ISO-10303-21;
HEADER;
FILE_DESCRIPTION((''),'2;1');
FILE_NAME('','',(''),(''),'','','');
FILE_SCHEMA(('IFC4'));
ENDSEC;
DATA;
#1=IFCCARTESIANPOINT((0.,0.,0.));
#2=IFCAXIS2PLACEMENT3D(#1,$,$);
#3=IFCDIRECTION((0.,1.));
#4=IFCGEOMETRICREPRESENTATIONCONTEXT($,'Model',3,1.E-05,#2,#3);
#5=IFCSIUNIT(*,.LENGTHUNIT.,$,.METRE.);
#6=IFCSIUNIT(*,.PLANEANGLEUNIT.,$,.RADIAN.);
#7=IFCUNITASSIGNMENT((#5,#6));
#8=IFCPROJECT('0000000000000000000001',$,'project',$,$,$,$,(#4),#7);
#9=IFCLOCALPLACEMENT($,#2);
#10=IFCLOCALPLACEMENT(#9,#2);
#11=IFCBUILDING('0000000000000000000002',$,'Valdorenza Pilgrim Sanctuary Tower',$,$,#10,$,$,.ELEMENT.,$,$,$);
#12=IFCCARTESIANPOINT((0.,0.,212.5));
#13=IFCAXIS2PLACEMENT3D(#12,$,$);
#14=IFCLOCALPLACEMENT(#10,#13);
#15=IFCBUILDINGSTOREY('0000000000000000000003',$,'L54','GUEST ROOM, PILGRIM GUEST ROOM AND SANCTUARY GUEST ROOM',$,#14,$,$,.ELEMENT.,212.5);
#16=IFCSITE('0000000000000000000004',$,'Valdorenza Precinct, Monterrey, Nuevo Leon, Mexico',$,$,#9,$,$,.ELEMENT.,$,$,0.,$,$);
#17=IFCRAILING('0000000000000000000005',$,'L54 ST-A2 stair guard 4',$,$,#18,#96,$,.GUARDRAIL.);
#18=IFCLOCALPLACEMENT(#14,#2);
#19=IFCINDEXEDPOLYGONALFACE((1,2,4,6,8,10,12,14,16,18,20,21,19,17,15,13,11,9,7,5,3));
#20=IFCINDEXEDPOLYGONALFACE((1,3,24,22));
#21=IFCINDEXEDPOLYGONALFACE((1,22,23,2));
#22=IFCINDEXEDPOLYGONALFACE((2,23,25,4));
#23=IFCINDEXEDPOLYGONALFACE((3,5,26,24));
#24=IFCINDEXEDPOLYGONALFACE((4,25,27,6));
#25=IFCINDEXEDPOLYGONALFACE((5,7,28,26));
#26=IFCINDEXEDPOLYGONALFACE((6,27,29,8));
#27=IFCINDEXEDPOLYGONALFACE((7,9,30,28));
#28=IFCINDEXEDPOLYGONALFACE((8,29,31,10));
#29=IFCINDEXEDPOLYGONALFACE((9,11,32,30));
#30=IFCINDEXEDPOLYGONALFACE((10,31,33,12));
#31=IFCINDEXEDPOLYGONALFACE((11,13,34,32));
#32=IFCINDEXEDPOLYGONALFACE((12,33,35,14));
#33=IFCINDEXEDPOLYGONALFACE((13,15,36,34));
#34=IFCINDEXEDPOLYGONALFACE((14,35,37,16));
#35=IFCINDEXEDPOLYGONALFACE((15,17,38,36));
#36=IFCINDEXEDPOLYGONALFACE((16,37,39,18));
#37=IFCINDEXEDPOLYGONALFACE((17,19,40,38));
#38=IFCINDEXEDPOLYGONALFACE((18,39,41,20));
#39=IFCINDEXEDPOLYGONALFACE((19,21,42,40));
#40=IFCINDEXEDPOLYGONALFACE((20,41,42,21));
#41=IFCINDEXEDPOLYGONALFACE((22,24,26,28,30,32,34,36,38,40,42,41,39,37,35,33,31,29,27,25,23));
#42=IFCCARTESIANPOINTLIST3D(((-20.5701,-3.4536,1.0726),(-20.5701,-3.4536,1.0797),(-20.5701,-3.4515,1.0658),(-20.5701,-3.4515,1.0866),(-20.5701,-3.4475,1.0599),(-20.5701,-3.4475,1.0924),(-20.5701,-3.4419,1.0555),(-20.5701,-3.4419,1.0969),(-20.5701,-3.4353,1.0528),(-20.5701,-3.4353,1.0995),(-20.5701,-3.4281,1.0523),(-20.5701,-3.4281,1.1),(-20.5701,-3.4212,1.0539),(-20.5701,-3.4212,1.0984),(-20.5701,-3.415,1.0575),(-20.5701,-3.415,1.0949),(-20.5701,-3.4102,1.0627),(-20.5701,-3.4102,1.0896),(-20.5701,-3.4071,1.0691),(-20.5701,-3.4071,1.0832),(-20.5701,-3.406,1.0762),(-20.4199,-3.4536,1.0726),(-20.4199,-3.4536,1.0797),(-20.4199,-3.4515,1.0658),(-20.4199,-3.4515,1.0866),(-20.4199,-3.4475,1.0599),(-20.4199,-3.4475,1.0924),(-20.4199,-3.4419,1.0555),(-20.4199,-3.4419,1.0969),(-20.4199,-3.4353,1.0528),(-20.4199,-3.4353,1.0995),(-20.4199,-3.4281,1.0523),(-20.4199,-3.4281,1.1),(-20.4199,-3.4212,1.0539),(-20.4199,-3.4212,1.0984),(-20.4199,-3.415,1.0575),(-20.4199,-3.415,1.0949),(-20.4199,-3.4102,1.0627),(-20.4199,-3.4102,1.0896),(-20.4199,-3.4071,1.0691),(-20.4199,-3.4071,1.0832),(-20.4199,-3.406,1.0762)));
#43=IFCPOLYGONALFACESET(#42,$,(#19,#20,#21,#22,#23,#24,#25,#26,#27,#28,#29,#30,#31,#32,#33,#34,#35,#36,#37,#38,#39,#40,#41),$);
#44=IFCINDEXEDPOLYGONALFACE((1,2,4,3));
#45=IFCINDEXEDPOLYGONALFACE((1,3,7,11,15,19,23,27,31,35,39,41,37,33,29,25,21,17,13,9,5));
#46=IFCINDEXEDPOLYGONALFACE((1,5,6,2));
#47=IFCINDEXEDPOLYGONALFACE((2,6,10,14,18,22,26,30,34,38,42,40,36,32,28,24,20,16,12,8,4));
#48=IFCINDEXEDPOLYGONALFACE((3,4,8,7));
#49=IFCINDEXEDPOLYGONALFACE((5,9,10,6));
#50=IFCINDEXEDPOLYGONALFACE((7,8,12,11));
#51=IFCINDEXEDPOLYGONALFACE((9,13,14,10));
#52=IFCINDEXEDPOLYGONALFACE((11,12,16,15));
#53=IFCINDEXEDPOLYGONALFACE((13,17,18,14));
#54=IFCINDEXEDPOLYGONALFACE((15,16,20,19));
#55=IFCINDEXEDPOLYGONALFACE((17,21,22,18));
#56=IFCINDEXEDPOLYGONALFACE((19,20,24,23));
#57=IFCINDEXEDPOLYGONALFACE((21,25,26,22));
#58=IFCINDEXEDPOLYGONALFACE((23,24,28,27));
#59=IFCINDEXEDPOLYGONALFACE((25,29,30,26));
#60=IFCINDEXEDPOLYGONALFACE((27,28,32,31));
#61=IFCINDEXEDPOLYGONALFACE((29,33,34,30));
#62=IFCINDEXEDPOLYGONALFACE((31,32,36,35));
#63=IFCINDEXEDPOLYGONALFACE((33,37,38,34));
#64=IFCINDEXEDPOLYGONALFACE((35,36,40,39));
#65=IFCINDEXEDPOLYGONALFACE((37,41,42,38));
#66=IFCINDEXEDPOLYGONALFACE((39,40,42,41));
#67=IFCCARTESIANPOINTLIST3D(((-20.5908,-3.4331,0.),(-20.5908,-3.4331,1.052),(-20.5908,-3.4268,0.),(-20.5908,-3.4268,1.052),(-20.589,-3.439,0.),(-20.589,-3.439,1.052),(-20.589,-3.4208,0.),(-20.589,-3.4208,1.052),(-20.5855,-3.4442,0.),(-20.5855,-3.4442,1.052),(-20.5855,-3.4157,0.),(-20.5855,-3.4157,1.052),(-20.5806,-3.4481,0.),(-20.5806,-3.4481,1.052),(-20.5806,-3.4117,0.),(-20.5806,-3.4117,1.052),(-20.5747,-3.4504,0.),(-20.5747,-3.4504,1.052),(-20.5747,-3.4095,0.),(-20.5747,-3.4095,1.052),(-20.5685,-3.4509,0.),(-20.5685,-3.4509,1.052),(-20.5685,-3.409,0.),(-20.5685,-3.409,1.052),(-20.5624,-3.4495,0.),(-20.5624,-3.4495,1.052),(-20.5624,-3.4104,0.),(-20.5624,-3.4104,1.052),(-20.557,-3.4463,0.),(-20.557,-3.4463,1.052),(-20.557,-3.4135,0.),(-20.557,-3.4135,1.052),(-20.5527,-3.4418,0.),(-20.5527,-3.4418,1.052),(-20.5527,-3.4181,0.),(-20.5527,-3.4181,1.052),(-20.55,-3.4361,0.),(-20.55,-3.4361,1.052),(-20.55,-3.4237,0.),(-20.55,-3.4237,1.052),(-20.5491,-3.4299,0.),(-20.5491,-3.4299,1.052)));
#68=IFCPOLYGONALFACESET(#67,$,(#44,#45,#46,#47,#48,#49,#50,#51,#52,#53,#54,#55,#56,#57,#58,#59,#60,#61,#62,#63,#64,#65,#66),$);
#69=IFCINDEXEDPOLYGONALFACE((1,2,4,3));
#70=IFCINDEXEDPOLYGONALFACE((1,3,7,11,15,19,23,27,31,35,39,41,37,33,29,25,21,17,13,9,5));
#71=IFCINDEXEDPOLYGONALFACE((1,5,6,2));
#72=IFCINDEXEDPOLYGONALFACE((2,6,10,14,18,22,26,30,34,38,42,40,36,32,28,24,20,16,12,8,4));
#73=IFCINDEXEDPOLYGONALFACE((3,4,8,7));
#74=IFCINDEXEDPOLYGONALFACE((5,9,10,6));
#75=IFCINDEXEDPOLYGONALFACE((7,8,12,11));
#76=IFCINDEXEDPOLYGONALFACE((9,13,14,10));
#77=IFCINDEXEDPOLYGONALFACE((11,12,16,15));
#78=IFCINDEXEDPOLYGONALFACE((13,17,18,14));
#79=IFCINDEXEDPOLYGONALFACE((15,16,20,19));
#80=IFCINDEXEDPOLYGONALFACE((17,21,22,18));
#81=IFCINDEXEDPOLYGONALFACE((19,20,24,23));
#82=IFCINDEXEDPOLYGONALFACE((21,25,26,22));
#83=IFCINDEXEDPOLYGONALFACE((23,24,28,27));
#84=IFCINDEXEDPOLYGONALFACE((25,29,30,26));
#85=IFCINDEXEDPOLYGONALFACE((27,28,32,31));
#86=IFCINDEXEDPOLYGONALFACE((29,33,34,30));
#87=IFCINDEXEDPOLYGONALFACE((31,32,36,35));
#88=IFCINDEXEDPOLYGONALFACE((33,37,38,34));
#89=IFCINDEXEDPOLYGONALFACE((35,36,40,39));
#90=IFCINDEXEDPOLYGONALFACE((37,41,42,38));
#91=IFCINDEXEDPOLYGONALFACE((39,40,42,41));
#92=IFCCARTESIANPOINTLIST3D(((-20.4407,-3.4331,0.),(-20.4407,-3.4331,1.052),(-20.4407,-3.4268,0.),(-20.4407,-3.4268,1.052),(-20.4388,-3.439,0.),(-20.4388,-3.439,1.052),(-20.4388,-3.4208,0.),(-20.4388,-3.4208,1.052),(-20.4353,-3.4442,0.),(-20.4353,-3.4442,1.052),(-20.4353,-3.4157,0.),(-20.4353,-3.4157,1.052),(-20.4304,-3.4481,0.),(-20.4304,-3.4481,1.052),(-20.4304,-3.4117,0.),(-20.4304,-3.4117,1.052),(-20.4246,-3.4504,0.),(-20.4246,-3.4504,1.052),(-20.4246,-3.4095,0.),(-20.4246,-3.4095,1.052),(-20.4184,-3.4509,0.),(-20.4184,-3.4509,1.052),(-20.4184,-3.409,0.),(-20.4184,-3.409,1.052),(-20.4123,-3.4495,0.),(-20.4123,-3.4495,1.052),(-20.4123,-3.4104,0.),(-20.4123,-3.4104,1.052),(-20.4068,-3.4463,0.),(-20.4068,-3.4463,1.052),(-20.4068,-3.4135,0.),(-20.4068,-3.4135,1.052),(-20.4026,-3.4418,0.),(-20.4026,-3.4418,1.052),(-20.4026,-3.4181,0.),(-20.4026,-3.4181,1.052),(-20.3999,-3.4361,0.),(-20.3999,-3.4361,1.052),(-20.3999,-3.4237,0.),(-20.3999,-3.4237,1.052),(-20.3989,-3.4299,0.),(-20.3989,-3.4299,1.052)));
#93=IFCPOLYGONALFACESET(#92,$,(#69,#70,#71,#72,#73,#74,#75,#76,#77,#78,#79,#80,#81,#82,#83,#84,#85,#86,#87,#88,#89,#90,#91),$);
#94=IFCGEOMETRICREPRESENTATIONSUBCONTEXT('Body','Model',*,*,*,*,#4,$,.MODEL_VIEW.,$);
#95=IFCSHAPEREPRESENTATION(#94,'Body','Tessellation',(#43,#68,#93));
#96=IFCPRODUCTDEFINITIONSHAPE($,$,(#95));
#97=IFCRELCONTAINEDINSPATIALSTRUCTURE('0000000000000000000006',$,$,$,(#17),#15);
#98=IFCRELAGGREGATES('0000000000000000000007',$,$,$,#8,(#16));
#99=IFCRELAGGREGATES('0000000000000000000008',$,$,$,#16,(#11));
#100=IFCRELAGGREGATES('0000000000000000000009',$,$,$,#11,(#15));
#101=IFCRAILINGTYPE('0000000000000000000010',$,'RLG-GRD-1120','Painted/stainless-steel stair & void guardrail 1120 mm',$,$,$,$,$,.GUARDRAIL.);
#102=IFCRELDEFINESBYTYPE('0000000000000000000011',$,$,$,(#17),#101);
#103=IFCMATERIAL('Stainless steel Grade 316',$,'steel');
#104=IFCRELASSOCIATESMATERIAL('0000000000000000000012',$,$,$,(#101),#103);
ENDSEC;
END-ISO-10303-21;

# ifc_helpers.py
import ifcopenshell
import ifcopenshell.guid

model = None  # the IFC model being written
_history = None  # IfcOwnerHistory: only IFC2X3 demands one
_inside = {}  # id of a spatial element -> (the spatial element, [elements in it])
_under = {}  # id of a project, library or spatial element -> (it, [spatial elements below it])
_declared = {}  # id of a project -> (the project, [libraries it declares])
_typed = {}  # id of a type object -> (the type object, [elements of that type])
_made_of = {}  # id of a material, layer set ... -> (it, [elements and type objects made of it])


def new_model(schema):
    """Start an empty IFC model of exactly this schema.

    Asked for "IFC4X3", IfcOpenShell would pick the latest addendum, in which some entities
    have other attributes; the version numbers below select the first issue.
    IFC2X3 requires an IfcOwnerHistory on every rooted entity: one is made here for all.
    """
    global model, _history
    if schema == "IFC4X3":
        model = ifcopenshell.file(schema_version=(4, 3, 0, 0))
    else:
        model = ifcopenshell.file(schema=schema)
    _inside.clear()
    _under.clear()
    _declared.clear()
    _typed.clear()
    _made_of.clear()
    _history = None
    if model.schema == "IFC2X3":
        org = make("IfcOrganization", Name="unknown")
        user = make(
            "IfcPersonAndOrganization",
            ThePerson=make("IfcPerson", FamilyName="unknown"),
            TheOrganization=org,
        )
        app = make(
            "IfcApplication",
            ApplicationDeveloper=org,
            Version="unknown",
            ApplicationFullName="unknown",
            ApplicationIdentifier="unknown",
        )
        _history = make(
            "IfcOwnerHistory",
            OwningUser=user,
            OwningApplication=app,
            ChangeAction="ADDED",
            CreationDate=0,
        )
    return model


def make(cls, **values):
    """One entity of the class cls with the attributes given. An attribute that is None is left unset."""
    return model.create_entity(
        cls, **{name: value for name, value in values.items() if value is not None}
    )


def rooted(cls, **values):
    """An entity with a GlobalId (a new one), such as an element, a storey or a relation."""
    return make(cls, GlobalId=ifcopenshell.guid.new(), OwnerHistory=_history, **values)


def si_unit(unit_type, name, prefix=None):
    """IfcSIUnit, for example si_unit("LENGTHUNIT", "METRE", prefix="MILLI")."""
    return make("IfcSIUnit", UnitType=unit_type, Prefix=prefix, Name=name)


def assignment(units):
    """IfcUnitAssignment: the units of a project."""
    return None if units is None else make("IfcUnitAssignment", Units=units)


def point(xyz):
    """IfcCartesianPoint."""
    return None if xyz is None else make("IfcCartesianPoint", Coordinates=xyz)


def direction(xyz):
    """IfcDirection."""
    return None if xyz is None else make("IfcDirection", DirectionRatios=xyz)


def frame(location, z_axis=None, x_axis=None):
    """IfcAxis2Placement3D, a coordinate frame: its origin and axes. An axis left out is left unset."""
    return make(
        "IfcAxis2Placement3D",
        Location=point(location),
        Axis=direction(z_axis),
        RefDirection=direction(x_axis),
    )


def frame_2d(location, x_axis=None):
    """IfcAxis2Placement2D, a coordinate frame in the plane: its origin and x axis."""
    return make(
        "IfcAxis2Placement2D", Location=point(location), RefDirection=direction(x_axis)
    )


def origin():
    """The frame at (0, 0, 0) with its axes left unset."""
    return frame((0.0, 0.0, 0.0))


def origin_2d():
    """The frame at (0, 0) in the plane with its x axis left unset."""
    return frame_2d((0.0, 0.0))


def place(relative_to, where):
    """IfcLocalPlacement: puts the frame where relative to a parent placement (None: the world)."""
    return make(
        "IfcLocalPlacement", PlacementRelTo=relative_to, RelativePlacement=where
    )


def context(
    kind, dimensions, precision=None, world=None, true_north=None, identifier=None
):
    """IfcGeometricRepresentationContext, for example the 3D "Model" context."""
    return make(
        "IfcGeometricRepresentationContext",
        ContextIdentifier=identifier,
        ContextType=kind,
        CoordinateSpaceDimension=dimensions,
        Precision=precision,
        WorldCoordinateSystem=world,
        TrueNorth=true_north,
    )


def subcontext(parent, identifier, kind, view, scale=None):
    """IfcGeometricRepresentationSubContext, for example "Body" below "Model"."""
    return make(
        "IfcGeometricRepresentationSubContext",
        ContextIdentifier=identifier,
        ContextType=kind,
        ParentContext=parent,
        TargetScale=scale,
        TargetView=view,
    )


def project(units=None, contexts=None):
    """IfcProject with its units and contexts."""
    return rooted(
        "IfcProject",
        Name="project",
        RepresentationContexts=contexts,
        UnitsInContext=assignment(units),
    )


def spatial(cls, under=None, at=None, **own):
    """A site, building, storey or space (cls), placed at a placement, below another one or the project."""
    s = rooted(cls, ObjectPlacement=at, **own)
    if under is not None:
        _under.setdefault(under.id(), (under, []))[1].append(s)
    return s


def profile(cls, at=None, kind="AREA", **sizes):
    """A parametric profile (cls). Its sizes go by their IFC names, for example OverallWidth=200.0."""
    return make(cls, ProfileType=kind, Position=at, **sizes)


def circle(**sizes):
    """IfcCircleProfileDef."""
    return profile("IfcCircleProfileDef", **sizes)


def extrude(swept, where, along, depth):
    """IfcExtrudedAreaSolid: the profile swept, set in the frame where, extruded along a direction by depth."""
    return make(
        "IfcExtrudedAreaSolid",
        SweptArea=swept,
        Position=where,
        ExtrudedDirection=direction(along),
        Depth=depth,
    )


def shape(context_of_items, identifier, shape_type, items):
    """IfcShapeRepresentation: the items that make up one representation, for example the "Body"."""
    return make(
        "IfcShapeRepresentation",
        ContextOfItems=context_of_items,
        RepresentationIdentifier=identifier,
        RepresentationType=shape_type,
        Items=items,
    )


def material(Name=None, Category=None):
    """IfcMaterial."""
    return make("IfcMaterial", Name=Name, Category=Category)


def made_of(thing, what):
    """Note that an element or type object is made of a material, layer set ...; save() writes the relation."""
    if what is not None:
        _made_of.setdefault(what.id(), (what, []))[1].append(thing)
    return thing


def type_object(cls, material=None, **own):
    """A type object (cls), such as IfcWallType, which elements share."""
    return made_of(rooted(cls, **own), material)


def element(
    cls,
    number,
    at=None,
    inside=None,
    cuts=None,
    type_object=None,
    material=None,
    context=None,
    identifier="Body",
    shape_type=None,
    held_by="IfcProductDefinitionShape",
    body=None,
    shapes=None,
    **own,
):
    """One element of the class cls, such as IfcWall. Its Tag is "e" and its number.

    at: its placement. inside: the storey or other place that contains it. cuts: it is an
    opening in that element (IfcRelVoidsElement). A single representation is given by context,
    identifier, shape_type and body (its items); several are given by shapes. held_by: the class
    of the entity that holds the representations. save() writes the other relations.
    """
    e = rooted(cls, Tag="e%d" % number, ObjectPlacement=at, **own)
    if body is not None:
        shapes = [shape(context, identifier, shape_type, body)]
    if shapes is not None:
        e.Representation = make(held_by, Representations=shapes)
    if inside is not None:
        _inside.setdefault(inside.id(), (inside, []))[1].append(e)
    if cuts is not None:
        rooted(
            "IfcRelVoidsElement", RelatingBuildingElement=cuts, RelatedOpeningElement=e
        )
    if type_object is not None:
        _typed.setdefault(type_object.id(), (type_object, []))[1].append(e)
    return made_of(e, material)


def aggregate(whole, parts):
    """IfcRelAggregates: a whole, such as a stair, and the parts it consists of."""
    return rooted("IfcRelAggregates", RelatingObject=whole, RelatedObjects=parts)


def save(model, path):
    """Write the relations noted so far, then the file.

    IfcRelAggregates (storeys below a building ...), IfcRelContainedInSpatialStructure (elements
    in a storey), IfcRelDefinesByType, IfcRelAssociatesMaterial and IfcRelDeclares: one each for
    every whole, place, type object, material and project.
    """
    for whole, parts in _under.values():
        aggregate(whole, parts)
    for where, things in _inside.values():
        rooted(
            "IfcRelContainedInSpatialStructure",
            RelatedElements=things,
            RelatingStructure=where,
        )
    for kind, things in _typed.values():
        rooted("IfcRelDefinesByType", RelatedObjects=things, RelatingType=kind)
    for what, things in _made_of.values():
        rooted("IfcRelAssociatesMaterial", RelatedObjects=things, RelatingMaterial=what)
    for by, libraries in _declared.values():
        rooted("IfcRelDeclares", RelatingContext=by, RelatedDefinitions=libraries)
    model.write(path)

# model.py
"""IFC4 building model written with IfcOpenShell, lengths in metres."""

from ifc_helpers import new_model, si_unit, direction, frame, origin, origin_2d, place, context, subcontext, project, spatial, circle, extrude, material, type_object, element, save


model = new_model("IFC4")

# Units and contexts
model_context = context("Model", 3, precision=1e-05, world=origin(), true_north=direction((0.0, 1.0)))
body_context = subcontext(model_context, "Body", "Model", "MODEL_VIEW")
ifc_project = project(units=[si_unit("LENGTHUNIT", "METRE"), si_unit("PLANEANGLEUNIT", "RADIAN")], contexts=[model_context])

# Site, building, storey
site_placement = place(None, origin())
site = spatial("IfcSite", under=ifc_project, at=site_placement, Name="Valdorenza Precinct, Monterrey, Nuevo Leon, Mexico", CompositionType="ELEMENT", RefElevation=0.0)
building_placement = place(site_placement, origin())
building = spatial("IfcBuilding", under=site, at=building_placement, Name="Valdorenza Pilgrim Sanctuary Tower", CompositionType="ELEMENT")
storey_placement = place(building_placement, frame((0.0, 0.0, 212.5)))
storey = spatial("IfcBuildingStorey", under=building, at=storey_placement, Name="L54", Description="GUEST ROOM, PILGRIM GUEST ROOM AND SANCTUARY GUEST ROOM", CompositionType="ELEMENT", Elevation=212.5)

# Railing
ifc_material_1 = material(Name="Stainless steel Grade 316", Category="steel")
railing_type_1 = type_object("IfcRailingType", Name="RLG-GRD-1120", Description="Painted/stainless-steel stair & void guardrail 1120 mm", PredefinedType="GUARDRAIL", material=ifc_material_1)
railing_1_placement = place(storey_placement, frame((-20.5701, -3.4299, 0.0)))
element("IfcRailing", 1, at=railing_1_placement, inside=storey, type_object=railing_type_1, Name="L54 ST-A2 stair guard 4", PredefinedType="GUARDRAIL", context=body_context, shape_type="SweptSolid", body=[
    extrude(circle(Radius=0.0239, at=origin_2d()), frame((0.0, 0.0, 1.0762), z_axis=(1.0, 0.0, 0.0), x_axis=(0.0, 1.0, 0.0)), (0.0, 0.0, 1.0), 0.1501),
    extrude(circle(Radius=0.021, at=origin_2d()), origin(), (0.0, 0.0, 1.0), 1.052),
    extrude(circle(Radius=0.021, at=origin_2d()), frame((0.1501, 0.0, 0.0)), (0.0, 0.0, 1.0), 1.052),
])

save(model, "model.ifc")
